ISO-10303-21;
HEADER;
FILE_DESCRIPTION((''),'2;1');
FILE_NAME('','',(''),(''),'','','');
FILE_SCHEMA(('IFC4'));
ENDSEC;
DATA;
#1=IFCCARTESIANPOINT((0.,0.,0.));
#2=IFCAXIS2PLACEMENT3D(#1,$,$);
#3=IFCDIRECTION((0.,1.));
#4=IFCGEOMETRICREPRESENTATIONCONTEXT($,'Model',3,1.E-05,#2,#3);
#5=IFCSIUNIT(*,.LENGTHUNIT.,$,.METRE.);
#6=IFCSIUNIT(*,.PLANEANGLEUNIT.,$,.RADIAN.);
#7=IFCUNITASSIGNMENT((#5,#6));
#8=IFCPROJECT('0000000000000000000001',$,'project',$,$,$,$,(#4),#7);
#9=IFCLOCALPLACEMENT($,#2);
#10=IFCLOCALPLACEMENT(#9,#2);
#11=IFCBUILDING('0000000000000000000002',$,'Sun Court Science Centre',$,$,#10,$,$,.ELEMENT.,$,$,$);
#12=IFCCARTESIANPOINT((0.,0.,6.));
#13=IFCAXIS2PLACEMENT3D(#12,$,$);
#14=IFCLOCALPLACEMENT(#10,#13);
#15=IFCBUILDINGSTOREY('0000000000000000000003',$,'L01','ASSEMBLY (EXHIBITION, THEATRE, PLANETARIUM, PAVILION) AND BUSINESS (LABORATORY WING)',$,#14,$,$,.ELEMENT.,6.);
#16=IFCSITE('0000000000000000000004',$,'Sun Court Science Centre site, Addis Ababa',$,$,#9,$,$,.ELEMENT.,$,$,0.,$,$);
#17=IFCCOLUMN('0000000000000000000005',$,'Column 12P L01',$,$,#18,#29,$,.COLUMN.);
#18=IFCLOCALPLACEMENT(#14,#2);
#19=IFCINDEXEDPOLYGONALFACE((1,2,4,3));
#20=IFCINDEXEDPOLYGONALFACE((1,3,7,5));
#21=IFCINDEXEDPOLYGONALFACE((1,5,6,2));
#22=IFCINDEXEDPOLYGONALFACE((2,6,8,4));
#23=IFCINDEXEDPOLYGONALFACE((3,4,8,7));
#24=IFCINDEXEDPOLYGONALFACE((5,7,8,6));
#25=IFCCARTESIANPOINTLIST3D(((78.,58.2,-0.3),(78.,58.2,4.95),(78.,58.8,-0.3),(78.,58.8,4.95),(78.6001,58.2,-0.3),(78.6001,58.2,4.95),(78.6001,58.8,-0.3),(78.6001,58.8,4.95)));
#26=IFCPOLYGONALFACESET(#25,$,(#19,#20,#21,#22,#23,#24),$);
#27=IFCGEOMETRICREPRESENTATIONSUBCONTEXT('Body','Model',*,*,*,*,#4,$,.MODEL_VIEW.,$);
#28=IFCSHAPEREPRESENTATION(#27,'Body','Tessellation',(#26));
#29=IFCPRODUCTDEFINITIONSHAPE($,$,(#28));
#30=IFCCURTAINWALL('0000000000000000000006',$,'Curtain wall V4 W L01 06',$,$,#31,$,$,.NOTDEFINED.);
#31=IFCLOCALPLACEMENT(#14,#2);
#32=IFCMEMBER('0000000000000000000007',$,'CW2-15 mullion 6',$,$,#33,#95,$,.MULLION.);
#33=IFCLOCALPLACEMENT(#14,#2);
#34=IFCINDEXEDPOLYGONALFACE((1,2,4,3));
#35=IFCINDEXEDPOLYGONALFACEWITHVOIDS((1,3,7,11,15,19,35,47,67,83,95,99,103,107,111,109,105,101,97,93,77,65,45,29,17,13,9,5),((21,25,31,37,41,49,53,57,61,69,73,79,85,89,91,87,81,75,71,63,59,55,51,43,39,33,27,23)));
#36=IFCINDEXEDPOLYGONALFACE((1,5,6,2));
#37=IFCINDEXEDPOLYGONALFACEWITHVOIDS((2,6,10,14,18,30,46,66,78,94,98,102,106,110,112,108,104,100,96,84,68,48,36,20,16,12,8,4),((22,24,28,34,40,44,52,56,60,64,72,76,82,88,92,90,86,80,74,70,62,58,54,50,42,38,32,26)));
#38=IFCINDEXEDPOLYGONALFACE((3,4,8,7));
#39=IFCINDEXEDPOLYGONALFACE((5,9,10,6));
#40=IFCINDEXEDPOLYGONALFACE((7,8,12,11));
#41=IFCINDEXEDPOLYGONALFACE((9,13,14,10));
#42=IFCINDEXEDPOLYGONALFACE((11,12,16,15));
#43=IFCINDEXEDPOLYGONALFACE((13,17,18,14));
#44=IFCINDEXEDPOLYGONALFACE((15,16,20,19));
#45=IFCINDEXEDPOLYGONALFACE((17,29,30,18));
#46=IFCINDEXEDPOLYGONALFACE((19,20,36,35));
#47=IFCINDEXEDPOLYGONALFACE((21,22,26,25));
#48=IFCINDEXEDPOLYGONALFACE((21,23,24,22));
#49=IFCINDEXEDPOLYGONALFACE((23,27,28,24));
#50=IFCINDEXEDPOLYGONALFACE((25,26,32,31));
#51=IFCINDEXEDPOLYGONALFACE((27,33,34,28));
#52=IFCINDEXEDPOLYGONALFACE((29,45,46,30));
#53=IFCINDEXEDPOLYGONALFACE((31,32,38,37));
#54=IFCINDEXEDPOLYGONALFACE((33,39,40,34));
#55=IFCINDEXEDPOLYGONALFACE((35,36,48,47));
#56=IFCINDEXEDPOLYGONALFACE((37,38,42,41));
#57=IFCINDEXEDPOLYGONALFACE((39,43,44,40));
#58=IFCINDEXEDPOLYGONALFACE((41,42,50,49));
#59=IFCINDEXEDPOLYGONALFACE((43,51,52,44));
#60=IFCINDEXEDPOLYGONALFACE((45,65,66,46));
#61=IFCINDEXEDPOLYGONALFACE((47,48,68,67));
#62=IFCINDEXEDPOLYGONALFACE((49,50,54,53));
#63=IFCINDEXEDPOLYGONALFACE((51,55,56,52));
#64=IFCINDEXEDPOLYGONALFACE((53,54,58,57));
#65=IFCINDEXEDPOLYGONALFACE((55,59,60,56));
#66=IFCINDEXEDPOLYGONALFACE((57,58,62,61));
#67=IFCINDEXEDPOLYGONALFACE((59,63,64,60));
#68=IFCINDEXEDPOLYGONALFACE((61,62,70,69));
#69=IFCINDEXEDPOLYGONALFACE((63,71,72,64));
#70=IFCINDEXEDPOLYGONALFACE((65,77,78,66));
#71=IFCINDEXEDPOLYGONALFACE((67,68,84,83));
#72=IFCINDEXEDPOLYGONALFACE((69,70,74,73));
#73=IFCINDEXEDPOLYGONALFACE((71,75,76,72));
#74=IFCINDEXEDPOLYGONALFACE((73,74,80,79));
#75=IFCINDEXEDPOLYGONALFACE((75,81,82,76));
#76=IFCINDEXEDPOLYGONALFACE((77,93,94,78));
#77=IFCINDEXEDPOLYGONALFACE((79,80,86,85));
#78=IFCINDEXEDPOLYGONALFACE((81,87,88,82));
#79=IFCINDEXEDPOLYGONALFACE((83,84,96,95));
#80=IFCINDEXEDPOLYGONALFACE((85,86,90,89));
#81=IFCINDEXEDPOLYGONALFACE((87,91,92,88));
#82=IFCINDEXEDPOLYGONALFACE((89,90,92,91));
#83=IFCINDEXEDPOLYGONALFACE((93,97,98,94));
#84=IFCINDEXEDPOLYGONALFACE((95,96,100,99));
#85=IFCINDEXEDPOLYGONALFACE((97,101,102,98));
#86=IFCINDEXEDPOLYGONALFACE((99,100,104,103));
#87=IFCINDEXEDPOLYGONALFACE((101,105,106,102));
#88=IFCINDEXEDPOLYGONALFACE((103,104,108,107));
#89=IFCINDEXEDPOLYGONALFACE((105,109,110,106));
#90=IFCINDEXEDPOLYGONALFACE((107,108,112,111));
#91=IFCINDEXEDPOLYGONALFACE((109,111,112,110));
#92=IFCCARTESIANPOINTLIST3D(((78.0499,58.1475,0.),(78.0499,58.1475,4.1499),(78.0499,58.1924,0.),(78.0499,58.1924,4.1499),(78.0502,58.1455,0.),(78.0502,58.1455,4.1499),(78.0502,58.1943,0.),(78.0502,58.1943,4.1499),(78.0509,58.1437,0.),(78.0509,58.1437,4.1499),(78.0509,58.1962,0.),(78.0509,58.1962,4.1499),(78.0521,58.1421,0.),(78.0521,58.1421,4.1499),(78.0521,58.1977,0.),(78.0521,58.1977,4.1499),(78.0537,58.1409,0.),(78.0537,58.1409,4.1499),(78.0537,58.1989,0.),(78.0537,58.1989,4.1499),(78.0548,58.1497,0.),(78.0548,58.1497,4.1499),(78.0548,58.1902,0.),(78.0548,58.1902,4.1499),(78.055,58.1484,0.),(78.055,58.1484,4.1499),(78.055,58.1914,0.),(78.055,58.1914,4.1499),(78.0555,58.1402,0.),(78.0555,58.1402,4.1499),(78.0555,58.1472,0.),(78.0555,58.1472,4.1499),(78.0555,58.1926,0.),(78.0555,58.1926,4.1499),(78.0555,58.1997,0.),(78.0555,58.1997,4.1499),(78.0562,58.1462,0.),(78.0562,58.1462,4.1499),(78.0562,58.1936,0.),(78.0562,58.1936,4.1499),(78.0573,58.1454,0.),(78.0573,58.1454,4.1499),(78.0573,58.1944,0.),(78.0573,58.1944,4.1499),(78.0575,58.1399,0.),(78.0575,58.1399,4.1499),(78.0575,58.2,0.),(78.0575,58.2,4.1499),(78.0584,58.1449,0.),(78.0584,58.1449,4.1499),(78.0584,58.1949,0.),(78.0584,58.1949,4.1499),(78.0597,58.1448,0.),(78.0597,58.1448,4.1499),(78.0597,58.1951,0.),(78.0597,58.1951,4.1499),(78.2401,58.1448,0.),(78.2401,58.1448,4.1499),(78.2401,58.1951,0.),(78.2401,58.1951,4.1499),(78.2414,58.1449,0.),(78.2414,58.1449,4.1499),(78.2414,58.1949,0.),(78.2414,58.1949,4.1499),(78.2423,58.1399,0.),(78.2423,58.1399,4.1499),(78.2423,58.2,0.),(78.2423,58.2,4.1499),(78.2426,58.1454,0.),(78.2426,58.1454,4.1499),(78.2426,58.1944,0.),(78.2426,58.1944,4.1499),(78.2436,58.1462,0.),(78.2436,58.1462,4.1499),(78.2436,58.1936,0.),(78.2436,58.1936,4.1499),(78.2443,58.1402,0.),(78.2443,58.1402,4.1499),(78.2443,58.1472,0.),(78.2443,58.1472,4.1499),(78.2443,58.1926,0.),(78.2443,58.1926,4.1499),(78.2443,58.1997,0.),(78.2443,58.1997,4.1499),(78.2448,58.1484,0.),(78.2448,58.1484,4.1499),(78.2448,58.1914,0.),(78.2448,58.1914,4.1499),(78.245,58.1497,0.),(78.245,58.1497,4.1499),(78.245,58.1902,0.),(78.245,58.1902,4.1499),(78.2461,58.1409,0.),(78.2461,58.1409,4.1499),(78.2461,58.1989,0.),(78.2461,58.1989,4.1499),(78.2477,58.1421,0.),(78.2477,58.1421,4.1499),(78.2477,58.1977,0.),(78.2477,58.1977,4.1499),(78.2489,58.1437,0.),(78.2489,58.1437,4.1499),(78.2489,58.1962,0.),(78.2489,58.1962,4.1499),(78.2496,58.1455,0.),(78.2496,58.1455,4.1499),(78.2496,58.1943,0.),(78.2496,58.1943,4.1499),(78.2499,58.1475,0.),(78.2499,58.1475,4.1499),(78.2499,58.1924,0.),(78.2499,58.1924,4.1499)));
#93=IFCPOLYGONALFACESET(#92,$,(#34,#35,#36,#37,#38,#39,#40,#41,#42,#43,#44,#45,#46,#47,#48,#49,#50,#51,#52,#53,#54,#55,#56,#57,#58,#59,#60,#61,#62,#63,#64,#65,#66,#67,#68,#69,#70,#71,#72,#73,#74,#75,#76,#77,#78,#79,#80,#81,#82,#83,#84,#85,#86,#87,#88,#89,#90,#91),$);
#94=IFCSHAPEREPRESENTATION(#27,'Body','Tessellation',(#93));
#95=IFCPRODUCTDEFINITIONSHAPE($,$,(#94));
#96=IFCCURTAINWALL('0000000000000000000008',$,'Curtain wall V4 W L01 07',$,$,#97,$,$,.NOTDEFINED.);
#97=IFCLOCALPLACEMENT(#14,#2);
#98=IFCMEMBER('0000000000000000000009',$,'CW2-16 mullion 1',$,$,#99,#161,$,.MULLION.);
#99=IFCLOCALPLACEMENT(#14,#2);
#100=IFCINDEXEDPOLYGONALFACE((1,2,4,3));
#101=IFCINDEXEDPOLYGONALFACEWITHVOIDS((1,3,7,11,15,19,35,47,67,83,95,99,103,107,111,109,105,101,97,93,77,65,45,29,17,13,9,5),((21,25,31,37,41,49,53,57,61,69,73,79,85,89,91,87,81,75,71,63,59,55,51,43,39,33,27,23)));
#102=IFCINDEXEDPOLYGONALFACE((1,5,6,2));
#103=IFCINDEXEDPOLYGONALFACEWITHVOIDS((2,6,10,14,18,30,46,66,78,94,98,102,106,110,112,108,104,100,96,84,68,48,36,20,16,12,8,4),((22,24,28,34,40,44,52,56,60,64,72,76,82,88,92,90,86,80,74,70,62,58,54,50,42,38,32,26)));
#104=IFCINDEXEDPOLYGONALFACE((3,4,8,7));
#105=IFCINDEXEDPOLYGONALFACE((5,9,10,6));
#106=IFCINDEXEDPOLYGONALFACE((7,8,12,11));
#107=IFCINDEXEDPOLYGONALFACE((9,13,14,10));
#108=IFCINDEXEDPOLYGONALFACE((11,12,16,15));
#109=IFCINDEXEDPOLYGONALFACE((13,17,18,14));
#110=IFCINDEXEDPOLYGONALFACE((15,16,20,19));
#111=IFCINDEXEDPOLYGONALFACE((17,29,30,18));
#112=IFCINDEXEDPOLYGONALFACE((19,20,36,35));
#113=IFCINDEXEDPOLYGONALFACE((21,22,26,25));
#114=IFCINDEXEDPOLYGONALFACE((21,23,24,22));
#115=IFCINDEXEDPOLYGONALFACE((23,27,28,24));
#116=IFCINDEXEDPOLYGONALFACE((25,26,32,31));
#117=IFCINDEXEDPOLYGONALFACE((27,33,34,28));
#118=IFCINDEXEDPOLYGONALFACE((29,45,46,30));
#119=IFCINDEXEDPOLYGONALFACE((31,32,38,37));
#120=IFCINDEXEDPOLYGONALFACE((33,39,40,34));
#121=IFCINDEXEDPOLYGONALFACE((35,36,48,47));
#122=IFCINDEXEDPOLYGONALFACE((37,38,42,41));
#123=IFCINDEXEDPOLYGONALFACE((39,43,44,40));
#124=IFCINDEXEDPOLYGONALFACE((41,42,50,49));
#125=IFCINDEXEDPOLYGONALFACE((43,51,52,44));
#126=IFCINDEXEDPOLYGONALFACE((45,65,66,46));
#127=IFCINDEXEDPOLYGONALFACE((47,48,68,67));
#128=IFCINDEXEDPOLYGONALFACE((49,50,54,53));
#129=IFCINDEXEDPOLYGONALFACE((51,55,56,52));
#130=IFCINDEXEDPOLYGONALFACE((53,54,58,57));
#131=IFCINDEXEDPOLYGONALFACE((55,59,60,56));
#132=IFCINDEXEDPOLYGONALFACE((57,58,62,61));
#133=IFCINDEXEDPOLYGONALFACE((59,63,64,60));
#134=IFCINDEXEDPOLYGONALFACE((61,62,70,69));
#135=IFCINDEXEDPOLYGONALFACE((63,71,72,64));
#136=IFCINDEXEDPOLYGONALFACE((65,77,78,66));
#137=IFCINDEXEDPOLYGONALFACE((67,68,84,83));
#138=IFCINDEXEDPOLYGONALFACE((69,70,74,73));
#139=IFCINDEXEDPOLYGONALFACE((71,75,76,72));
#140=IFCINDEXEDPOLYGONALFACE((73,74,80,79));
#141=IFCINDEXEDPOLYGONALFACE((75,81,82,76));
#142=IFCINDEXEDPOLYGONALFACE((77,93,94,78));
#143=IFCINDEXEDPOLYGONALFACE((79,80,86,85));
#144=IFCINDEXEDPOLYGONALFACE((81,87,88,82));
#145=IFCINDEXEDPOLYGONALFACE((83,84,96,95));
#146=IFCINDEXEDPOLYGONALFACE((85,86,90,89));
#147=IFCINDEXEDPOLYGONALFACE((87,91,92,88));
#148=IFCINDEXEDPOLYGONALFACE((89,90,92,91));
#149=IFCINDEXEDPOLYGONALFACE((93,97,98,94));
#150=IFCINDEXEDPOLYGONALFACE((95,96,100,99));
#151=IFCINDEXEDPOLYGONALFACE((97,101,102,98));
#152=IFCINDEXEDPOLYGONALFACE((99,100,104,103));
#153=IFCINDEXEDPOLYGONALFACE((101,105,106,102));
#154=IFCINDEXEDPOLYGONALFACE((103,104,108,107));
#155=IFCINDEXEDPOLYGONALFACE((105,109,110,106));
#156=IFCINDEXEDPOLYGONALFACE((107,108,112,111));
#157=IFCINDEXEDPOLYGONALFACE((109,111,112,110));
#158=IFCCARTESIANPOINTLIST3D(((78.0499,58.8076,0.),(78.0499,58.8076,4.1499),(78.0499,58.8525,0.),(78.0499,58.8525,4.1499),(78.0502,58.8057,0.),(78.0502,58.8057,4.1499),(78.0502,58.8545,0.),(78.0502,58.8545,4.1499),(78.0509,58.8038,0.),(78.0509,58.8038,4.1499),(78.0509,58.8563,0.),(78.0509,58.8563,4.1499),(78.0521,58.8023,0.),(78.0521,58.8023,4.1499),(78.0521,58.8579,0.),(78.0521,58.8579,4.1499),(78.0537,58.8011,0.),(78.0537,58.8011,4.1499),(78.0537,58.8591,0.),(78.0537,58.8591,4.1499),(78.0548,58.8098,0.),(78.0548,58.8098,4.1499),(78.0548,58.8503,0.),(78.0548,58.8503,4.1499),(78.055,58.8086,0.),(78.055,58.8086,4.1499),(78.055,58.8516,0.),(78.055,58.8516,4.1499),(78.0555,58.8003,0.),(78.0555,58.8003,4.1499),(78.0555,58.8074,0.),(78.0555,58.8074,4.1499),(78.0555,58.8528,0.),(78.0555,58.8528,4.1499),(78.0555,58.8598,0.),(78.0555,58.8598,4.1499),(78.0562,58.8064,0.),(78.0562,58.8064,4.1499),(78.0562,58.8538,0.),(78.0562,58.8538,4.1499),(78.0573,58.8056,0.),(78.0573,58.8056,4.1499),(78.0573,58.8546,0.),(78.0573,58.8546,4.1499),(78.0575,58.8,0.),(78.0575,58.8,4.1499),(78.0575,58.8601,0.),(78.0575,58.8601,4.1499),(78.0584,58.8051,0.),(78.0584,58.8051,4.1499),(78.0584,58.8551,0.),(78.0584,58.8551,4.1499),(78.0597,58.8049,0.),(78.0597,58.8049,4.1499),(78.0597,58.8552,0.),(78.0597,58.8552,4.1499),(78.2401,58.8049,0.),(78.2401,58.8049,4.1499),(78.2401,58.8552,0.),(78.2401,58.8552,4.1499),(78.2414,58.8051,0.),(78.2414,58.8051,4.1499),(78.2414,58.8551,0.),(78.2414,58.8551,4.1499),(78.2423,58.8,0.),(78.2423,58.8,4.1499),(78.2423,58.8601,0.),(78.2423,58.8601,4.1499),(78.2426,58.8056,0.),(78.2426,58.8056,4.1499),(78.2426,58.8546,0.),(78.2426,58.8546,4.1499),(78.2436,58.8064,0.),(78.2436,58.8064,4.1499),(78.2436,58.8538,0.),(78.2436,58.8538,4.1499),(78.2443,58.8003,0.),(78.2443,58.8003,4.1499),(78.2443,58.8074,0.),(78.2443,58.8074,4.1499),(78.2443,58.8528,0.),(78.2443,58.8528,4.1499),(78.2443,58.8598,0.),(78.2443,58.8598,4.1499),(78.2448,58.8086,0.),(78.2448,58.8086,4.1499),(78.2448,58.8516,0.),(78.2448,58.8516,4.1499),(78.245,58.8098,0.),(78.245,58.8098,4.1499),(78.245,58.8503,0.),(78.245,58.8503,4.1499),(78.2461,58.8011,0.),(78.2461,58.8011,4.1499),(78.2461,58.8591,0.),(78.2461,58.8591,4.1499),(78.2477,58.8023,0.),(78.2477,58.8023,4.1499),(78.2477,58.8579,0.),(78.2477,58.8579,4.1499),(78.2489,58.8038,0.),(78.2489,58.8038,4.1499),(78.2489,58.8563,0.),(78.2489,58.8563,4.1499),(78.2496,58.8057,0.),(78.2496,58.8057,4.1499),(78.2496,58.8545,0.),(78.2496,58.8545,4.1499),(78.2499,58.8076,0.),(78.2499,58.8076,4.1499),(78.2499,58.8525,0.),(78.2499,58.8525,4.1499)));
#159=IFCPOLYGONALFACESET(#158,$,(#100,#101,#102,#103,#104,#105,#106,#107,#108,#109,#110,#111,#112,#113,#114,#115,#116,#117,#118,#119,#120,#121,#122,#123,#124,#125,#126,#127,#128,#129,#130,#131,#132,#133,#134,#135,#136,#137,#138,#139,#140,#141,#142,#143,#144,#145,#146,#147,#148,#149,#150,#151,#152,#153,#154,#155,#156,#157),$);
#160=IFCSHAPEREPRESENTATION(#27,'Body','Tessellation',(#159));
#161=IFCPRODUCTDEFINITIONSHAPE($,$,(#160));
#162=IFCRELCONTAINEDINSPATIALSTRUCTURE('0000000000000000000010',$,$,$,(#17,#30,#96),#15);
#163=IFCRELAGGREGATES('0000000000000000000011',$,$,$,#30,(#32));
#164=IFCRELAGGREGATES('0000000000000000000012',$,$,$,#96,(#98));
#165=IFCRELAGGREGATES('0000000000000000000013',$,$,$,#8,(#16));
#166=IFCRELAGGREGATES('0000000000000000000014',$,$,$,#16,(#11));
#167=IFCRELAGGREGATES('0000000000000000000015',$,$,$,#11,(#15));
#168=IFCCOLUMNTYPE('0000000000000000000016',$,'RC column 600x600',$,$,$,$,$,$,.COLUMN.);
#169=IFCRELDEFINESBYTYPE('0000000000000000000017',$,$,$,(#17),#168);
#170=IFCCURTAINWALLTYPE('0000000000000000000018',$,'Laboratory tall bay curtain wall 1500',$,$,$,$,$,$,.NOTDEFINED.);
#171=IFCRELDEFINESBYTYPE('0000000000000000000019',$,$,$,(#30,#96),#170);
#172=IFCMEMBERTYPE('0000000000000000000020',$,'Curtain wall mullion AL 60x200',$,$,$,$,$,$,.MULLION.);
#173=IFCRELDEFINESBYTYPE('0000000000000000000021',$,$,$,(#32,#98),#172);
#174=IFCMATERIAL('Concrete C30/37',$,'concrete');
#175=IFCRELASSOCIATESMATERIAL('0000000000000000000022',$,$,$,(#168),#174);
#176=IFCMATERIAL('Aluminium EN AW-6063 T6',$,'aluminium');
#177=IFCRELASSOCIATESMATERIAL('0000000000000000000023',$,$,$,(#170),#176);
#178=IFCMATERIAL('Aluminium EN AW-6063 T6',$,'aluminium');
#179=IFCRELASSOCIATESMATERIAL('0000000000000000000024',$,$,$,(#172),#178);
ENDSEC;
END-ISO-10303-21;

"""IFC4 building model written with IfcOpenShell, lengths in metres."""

from ifc_helpers import new_model, si_unit, direction, frame, origin, origin_2d, place, context, subcontext, project, spatial, rectangle, hollow_rectangle, extrude, material, material_profile, profile_set, type_object, element, aggregate, save


model = new_model("IFC4")

# Units and contexts
model_context = context("Model", 3, precision=1e-05, world=origin(), true_north=direction((0.0, 1.0)))
body_context = subcontext(model_context, "Body", "Model", "MODEL_VIEW")
ifc_project = project(units=[si_unit("LENGTHUNIT", "METRE"), si_unit("PLANEANGLEUNIT", "RADIAN")], contexts=[model_context])

# Site, building, storey
site_placement = place(None, origin())
site = spatial("IfcSite", under=ifc_project, at=site_placement, Name="Sun Court Science Centre site, Addis Ababa", CompositionType="ELEMENT", RefElevation=0.0)
building_placement = place(site_placement, origin())
building = spatial("IfcBuilding", under=site, at=building_placement, Name="Sun Court Science Centre", CompositionType="ELEMENT")
storey_placement = place(building_placement, frame((0.0, 0.0, 6.0)))
storey = spatial("IfcBuildingStorey", under=building, at=storey_placement, Name="L01", Description="ASSEMBLY (EXHIBITION, THEATRE, PLANETARIUM, PAVILION) AND BUSINESS (LABORATORY WING)", CompositionType="ELEMENT", Elevation=6.0)

# Column
ifc_material_1 = material(Name="Concrete C30/37", Category="concrete")
ifc_material_profile_1 = material_profile(ifc_material_1, rectangle(XDim=0.6001, YDim=0.6001, at=origin_2d()), Name="RC 600x600")
ifc_profile_set_1 = profile_set([ifc_material_profile_1], Name="Concrete C30/37")
column_type = type_object("IfcColumnType", Name="RC column 600x600", PredefinedType="COLUMN", material=ifc_profile_set_1)
column_placement = place(storey_placement, frame((78.3, 58.5, -0.3), z_axis=(0.0, 0.0, 1.0), x_axis=(1.0, 0.0, 0.0)))
element("IfcColumn", 1, at=column_placement, inside=storey, type_object=column_type, Name="Column 12P L01", PredefinedType="COLUMN", context=body_context, shape_type="SweptSolid", body=[
    extrude(rectangle(XDim=0.6001, YDim=0.6001, at=origin_2d()), origin(), (0.0, 0.0, 1.0), 5.25),
])

# Curtain wall, member
ifc_material_2 = material(Name="Aluminium EN AW-6063 T6", Category="aluminium")
curtain_wall_type = type_object("IfcCurtainWallType", Name="Laboratory tall bay curtain wall 1500", PredefinedType="NOTDEFINED", material=ifc_material_2)
curtain_wall_1_placement = place(storey_placement, origin())
curtain_wall_1 = element("IfcCurtainWall", 2, at=curtain_wall_1_placement, inside=storey, type_object=curtain_wall_type, Name="Curtain wall V4 W L01 06", PredefinedType="NOTDEFINED")
ifc_material_3 = material(Name="Aluminium EN AW-6063 T6", Category="aluminium")
ifc_material_profile_2 = material_profile(ifc_material_3, hollow_rectangle(XDim=0.0601, YDim=0.2, WallThickness=0.0049, InnerFilletRadius=0.0049, OuterFilletRadius=0.0076, at=origin_2d()), Name="AL 60x200x5")
ifc_profile_set_2 = profile_set([ifc_material_profile_2], Name="Aluminium EN AW-6063 T6")
member_type_1 = type_object("IfcMemberType", Name="Curtain wall mullion AL 60x200", PredefinedType="MULLION", material=ifc_profile_set_2)
member_1_placement = place(storey_placement, frame((78.1499, 58.1699, 0.0), z_axis=(0.0, 0.0, 1.0), x_axis=(0.0, 1.0, 0.0)))
member_1 = element("IfcMember", 3, at=member_1_placement, type_object=member_type_1, Name="CW2-15 mullion 6", PredefinedType="MULLION", context=body_context, shape_type="SweptSolid", body=[
    extrude(hollow_rectangle(XDim=0.0601, YDim=0.2, WallThickness=0.0049, InnerFilletRadius=0.0049, OuterFilletRadius=0.0076, at=origin_2d()), origin(), (0.0, 0.0, 1.0), 4.1499),
])

# Curtain wall, member
curtain_wall_2_placement = place(storey_placement, origin())
curtain_wall_2 = element("IfcCurtainWall", 4, at=curtain_wall_2_placement, inside=storey, type_object=curtain_wall_type, Name="Curtain wall V4 W L01 07", PredefinedType="NOTDEFINED")
member_2_placement = place(storey_placement, frame((78.1499, 58.8301, 0.0), z_axis=(0.0, 0.0, 1.0), x_axis=(0.0, 1.0, 0.0)))
member_2 = element("IfcMember", 5, at=member_2_placement, type_object=member_type_1, Name="CW2-16 mullion 1", PredefinedType="MULLION", context=body_context, shape_type="SweptSolid", body=[
    extrude(hollow_rectangle(XDim=0.0601, YDim=0.2, WallThickness=0.0049, InnerFilletRadius=0.0049, OuterFilletRadius=0.0076, at=origin_2d()), origin(), (0.0, 0.0, 1.0), 4.1499),
])

aggregate(curtain_wall_1, [member_1])
aggregate(curtain_wall_2, [member_2])

save(model, "model.ifc")
